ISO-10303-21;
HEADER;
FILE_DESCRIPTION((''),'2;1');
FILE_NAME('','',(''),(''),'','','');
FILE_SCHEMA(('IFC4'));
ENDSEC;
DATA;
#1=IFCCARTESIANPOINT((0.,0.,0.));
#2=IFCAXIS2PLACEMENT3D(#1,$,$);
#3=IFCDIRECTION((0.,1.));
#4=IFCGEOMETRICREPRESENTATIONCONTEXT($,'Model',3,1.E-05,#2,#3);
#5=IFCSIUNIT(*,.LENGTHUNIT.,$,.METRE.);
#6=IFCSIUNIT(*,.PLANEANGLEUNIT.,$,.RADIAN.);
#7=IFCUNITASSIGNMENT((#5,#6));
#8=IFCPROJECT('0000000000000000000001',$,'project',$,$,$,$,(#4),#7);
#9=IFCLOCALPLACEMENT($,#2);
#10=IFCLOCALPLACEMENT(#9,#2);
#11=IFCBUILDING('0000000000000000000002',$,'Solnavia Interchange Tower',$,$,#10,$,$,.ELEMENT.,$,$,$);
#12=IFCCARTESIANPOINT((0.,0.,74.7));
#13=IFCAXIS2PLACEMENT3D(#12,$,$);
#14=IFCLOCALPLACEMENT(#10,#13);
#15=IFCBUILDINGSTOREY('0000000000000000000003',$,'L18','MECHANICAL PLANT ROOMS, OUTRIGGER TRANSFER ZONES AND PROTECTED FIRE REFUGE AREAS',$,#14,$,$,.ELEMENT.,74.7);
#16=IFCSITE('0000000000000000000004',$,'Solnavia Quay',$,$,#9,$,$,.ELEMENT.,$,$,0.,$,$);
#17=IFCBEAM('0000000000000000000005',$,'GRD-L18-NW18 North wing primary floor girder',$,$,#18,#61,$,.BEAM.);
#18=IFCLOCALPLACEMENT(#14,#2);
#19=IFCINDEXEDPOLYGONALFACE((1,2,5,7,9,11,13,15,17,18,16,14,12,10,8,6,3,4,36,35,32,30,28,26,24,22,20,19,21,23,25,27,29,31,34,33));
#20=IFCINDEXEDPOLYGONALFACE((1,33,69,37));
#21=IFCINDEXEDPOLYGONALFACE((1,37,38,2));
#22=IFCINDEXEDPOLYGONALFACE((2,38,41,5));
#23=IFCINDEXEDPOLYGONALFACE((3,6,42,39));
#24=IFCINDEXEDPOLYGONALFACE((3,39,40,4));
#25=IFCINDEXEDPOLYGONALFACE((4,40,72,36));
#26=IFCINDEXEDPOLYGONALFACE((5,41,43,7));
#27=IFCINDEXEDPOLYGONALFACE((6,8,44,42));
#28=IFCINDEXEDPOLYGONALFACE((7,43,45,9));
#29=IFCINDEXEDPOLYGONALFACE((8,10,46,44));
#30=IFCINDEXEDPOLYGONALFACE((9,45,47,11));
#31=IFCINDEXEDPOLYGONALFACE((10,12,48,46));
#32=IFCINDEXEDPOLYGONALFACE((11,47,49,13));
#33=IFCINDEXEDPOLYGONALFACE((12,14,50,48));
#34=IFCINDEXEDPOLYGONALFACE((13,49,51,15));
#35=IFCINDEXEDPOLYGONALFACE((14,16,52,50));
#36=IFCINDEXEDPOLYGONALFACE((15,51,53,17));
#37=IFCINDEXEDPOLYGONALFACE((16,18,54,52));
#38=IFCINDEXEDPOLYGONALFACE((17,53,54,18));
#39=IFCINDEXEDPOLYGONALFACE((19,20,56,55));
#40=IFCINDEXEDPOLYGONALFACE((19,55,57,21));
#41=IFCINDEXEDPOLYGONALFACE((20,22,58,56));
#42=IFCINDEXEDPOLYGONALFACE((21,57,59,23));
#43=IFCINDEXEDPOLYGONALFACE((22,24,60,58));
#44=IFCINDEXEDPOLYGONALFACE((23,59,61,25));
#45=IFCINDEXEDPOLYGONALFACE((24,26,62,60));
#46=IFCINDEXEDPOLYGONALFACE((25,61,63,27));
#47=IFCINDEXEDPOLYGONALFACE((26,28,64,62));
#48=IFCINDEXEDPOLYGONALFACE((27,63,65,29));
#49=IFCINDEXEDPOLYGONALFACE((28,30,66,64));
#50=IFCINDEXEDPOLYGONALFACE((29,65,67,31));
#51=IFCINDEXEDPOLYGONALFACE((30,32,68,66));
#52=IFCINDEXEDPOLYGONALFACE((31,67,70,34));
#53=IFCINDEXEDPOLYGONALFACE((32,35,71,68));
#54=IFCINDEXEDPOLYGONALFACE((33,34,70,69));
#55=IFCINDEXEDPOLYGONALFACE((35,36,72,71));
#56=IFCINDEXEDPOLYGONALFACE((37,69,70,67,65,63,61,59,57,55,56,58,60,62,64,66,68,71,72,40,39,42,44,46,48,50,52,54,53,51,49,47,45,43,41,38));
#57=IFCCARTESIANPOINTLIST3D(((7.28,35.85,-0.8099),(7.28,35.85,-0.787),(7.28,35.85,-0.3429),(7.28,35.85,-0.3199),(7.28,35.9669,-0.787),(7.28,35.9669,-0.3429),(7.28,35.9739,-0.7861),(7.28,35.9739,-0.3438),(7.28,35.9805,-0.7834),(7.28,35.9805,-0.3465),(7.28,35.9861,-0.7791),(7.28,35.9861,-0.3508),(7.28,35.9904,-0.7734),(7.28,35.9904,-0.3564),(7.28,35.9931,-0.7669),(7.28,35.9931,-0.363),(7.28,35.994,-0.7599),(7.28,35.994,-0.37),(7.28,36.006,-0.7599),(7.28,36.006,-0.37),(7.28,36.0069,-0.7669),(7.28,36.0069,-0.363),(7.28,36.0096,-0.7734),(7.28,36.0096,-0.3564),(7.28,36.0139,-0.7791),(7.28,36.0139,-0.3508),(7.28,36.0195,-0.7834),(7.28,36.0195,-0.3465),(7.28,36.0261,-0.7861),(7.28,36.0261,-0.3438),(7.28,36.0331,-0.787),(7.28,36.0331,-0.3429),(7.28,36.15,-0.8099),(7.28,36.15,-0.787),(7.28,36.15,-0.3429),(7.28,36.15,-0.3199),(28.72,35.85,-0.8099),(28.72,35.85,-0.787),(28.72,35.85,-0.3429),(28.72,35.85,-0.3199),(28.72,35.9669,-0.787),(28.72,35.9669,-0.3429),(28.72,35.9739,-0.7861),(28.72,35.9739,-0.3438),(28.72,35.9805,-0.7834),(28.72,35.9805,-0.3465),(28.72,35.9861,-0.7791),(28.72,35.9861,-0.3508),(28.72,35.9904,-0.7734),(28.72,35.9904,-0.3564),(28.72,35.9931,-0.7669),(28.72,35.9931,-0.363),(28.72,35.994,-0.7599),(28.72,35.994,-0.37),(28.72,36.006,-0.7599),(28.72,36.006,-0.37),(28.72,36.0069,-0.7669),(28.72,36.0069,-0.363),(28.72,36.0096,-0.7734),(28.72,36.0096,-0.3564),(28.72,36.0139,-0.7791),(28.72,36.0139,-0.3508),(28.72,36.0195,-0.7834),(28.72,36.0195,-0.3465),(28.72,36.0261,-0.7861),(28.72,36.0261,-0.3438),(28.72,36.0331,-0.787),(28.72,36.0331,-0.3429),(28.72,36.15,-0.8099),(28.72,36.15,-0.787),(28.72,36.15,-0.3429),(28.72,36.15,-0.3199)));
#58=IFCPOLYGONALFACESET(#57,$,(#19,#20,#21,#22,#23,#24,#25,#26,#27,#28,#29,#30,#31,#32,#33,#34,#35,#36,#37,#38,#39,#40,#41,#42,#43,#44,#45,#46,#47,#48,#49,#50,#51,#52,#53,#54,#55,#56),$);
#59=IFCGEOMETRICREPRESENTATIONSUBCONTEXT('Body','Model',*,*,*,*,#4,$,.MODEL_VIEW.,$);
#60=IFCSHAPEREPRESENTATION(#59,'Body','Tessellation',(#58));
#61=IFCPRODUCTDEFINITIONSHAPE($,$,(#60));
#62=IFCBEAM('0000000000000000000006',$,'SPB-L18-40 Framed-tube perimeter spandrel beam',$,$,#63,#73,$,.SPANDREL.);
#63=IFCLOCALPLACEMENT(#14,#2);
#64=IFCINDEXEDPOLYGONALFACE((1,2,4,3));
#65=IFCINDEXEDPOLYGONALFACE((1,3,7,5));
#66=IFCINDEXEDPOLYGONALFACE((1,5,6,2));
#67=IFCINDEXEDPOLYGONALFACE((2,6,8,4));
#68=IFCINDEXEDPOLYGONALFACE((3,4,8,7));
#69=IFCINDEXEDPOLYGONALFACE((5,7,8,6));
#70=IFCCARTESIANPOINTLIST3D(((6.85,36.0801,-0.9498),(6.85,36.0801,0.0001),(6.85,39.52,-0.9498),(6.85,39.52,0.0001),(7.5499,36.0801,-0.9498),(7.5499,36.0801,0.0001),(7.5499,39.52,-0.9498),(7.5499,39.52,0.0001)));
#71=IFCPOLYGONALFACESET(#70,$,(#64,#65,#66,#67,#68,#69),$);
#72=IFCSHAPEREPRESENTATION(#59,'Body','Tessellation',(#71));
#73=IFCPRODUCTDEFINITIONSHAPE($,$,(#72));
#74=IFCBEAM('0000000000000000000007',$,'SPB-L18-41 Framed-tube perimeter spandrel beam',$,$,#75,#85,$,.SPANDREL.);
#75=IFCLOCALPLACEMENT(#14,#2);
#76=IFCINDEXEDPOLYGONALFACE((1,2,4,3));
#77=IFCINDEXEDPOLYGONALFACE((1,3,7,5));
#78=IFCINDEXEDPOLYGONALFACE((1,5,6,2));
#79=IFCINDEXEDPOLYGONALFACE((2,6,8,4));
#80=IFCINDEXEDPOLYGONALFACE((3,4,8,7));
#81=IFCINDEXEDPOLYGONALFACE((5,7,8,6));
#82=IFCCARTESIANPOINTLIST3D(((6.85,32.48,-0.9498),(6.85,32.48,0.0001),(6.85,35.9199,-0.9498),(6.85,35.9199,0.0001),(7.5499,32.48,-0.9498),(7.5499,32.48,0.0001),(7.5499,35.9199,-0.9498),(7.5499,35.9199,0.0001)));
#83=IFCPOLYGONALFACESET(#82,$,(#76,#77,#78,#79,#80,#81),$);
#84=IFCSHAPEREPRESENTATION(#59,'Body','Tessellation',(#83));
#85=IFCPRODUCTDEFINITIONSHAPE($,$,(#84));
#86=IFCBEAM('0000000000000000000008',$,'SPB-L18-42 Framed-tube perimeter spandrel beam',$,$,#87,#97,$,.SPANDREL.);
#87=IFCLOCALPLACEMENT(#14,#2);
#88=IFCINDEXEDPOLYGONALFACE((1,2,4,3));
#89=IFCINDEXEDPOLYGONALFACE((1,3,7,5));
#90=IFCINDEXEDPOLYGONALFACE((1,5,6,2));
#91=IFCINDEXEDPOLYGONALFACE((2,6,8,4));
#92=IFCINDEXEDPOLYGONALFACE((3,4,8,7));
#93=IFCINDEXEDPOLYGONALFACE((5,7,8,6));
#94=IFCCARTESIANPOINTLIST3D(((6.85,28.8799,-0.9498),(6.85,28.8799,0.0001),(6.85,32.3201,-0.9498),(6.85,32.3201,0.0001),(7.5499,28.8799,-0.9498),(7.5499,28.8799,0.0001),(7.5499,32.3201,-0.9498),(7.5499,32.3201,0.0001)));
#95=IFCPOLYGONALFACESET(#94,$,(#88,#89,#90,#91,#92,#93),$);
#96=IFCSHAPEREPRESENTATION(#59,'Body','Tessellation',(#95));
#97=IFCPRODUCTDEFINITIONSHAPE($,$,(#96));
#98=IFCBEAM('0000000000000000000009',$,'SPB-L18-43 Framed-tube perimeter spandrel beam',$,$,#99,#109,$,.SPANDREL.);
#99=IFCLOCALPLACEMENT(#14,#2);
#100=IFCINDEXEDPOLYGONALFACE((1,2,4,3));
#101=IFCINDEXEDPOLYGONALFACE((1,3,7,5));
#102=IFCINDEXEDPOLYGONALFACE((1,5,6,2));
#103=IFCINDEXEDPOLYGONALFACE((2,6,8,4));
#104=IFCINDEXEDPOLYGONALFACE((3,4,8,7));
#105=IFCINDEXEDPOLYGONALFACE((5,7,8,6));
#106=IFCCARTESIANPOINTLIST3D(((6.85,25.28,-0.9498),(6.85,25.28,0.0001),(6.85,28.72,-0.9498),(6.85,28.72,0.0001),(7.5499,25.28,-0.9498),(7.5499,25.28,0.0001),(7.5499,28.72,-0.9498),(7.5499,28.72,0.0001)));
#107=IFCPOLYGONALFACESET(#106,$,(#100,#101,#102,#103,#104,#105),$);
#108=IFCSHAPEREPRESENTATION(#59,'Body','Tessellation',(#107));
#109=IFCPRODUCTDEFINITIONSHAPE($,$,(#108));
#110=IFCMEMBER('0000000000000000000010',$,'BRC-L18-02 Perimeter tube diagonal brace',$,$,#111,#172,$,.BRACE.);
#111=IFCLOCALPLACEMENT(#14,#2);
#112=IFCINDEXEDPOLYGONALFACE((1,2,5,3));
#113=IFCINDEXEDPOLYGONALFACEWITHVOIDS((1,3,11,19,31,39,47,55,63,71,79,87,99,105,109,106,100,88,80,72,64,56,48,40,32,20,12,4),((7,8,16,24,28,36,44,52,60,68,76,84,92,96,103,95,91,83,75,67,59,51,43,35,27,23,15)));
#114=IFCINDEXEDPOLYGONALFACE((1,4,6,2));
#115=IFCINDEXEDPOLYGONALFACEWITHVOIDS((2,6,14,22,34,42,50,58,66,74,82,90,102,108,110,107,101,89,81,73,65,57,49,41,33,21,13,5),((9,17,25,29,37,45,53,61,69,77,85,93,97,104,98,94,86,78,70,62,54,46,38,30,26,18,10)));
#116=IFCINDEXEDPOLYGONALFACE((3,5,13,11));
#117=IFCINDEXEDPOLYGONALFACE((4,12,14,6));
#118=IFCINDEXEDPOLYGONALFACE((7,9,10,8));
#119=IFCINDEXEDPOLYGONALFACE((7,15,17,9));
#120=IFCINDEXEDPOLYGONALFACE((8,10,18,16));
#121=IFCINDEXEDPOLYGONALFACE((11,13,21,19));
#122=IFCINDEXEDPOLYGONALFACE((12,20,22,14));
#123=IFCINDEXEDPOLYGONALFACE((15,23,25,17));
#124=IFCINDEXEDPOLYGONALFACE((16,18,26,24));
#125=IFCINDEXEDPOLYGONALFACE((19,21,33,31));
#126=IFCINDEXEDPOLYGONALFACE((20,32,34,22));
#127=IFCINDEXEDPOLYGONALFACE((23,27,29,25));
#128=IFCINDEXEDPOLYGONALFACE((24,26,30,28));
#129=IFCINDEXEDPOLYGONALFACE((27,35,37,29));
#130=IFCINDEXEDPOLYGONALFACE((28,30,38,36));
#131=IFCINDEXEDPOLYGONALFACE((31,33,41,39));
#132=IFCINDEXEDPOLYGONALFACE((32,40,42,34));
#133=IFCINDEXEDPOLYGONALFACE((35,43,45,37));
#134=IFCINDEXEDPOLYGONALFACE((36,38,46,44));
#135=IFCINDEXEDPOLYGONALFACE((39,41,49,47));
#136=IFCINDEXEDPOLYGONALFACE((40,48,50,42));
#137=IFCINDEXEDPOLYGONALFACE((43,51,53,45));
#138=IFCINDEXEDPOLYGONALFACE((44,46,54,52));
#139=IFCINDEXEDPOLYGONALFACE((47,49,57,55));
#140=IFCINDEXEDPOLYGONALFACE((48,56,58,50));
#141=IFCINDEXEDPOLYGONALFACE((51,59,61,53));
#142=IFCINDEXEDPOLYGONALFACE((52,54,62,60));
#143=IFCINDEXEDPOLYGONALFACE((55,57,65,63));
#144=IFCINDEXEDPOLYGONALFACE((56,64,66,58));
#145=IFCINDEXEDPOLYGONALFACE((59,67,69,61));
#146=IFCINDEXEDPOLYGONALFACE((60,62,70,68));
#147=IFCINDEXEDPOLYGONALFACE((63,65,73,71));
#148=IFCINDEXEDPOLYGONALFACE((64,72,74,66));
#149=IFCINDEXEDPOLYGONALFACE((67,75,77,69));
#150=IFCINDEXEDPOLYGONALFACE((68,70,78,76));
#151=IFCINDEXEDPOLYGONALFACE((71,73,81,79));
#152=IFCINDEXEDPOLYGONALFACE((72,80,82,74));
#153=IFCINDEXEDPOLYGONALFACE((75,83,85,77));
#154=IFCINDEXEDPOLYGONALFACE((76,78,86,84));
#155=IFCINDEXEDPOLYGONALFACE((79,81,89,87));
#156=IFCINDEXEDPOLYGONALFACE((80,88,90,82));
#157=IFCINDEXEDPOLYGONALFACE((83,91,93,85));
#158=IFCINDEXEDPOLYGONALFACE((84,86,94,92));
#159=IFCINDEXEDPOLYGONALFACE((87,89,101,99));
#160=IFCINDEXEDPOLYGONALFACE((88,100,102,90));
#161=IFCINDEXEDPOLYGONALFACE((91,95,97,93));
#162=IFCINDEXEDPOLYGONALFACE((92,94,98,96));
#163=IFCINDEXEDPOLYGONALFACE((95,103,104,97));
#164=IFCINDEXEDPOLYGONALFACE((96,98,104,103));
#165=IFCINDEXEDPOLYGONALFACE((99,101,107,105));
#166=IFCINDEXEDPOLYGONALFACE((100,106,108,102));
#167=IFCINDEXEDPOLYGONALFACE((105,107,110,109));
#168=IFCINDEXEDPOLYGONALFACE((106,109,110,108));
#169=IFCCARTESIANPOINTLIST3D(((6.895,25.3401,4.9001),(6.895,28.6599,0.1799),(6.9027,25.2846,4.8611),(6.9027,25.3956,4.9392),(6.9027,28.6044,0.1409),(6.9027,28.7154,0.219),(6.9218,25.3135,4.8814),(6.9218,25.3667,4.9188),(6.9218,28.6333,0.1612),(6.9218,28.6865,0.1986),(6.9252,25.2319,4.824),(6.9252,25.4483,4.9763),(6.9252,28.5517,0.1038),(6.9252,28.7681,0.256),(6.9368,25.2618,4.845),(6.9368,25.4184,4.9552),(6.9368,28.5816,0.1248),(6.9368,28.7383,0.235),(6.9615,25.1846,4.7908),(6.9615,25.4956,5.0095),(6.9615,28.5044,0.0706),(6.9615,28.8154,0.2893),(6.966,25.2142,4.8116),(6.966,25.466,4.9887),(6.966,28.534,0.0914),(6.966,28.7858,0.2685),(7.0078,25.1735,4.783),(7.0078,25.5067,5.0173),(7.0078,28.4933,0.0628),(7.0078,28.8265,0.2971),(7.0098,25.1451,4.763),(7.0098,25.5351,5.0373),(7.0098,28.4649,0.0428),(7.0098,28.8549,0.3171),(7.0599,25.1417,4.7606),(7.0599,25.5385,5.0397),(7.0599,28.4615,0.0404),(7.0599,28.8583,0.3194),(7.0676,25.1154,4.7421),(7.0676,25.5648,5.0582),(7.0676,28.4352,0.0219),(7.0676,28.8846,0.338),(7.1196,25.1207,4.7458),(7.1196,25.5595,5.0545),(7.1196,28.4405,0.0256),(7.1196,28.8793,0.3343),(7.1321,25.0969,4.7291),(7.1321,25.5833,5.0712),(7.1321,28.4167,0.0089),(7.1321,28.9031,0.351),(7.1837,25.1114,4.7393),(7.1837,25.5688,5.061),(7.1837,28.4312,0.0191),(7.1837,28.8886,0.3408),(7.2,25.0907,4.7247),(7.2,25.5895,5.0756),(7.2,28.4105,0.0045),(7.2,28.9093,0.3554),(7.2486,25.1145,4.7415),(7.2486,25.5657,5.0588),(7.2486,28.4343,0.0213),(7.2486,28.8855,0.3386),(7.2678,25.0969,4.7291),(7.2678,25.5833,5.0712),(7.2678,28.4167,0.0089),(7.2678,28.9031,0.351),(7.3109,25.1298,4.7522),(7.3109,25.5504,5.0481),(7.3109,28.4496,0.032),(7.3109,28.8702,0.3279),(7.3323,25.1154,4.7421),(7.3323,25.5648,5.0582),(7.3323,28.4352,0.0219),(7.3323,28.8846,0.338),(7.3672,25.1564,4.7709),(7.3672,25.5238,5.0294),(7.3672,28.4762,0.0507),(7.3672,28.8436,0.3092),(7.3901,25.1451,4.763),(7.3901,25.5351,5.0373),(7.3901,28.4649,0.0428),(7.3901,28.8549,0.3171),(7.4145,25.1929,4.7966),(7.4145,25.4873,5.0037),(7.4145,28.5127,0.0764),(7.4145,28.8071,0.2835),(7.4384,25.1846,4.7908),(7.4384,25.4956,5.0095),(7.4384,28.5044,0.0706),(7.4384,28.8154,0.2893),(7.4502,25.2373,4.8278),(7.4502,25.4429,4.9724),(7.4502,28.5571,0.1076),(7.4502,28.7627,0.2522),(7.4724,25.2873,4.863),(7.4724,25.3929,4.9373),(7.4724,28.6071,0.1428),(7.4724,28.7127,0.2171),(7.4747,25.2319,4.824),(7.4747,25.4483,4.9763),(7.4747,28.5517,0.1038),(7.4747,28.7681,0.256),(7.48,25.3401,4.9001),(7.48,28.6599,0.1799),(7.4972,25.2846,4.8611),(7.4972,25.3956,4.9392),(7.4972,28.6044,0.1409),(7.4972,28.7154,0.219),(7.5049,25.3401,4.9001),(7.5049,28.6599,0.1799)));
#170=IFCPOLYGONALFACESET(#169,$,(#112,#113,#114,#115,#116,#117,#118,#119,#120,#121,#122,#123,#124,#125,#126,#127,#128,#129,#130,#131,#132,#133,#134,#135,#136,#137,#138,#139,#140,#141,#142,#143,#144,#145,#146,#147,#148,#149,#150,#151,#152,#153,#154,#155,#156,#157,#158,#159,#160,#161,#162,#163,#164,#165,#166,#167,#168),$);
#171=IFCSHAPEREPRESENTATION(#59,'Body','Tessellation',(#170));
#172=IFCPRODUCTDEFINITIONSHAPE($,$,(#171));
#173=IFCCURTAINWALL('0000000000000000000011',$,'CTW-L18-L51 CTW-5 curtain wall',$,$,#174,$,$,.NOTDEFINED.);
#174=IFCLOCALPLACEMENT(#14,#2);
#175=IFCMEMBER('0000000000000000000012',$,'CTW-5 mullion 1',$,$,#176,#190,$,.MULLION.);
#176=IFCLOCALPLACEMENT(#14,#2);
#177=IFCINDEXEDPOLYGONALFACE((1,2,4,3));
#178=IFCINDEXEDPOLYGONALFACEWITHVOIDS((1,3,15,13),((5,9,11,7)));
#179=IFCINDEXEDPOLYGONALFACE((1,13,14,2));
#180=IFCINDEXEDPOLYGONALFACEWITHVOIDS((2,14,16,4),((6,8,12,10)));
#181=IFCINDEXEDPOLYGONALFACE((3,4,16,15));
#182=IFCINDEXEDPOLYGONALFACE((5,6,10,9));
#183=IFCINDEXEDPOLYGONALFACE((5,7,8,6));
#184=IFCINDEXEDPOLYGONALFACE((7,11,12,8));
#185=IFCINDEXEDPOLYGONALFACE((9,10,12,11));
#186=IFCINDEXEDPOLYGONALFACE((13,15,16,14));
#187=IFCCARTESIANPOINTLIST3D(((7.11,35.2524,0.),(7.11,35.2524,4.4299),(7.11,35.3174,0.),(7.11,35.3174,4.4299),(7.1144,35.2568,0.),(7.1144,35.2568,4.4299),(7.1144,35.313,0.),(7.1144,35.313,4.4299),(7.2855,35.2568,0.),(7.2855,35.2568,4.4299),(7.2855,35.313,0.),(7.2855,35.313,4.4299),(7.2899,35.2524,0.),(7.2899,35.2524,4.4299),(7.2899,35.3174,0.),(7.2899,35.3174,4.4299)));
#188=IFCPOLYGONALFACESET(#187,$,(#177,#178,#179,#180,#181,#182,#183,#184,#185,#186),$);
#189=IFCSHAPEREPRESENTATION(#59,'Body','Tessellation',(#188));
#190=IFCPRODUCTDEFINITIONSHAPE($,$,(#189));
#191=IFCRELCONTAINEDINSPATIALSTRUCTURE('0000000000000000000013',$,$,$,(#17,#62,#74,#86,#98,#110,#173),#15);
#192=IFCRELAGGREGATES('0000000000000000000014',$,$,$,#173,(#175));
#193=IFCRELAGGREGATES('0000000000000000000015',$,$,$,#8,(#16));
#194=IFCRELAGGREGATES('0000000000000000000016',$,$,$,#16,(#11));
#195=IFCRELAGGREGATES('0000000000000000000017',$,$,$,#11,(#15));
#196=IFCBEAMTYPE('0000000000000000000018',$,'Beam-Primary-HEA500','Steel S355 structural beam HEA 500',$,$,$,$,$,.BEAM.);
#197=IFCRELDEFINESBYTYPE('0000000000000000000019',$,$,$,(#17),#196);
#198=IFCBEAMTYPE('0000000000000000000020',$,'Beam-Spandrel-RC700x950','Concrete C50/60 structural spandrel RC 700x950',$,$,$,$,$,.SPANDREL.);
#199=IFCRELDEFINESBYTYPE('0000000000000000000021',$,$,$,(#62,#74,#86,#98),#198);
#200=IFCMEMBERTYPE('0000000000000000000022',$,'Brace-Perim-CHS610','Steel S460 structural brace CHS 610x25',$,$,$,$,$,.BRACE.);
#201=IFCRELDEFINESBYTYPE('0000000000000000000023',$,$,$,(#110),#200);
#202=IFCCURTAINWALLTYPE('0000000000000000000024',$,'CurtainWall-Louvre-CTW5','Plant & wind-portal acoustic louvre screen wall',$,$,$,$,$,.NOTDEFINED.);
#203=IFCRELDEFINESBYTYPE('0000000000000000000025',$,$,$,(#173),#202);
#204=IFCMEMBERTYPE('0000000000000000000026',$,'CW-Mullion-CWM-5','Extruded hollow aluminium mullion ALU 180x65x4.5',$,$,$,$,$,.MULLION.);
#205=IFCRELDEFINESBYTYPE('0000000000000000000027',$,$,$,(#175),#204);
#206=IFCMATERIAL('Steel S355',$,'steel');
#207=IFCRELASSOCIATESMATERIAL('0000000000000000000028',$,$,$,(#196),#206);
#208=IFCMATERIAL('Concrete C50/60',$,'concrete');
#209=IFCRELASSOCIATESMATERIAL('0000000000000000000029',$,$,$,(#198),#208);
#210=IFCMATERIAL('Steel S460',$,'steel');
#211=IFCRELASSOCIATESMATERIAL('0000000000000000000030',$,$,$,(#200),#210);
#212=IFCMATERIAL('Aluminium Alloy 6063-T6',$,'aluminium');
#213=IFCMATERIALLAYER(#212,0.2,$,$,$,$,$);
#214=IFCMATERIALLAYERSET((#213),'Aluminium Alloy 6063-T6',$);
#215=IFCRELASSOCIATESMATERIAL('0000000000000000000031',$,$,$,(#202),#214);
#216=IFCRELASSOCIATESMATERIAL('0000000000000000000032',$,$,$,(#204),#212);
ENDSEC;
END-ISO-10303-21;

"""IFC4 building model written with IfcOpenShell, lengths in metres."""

from ifc_helpers import new_model, si_unit, direction, frame, origin, origin_2d, place, context, subcontext, project, spatial, rectangle, hollow_rectangle, hollow_circle, i_section, extrude, material, layer, layer_set, material_profile, profile_set, type_object, element, aggregate, save


model = new_model("IFC4")

# Units and contexts
model_context = context("Model", 3, precision=1e-05, world=origin(), true_north=direction((0.0, 1.0)))
body_context = subcontext(model_context, "Body", "Model", "MODEL_VIEW")
ifc_project = project(units=[si_unit("LENGTHUNIT", "METRE"), si_unit("PLANEANGLEUNIT", "RADIAN")], contexts=[model_context])

# Site, building, storey
site_placement = place(None, origin())
site = spatial("IfcSite", under=ifc_project, at=site_placement, Name="Solnavia Quay", CompositionType="ELEMENT", RefElevation=0.0)
building_placement = place(site_placement, origin())
building = spatial("IfcBuilding", under=site, at=building_placement, Name="Solnavia Interchange Tower", CompositionType="ELEMENT")
storey_placement = place(building_placement, frame((0.0, 0.0, 74.7)))
storey = spatial("IfcBuildingStorey", under=building, at=storey_placement, Name="L18", Description="MECHANICAL PLANT ROOMS, OUTRIGGER TRANSFER ZONES AND PROTECTED FIRE REFUGE AREAS", CompositionType="ELEMENT", Elevation=74.7)

# Beams
ifc_material_1 = material(Name="Steel S460", Category="steel")
ifc_material_2 = material(Name="Steel S355", Category="steel")
ifc_material_profile_1 = material_profile(ifc_material_2, i_section(OverallWidth=0.3, OverallDepth=0.49, WebThickness=0.012, FlangeThickness=0.0229, FilletRadius=0.0271, at=origin_2d()), Name="HEA 500")
ifc_profile_set_1 = profile_set([ifc_material_profile_1], Name="Steel S355")
beam_type_1 = type_object("IfcBeamType", Name="Beam-Primary-HEA500", Description="Steel S355 structural beam HEA 500", PredefinedType="BEAM", material=ifc_profile_set_1)
for number, where, z_axis, x_axis, name in (
    (1, (7.28, 36.0, -0.5649), (1.0, 0.0, 0.0), (0.0, 1.0, 0.0), "GRD-L18-NW18 North wing primary floor girder"),
):
    element("IfcBeam", number, at=place(storey_placement, frame(where, z_axis=z_axis, x_axis=x_axis)), inside=storey, type_object=beam_type_1, Name=name, PredefinedType="BEAM", context=body_context, shape_type="SweptSolid", body=[
        extrude(i_section(OverallWidth=0.3, OverallDepth=0.49, WebThickness=0.012, FlangeThickness=0.0229, FilletRadius=0.0271, at=origin_2d()), origin(), (0.0, 0.0, 1.0), 21.4399),
    ])
ifc_material_3 = material(Name="Concrete C50/60", Category="concrete")
ifc_material_profile_2 = material_profile(ifc_material_3, rectangle(XDim=0.7, YDim=0.95, at=origin_2d()), Name="RC 700x950")
ifc_profile_set_2 = profile_set([ifc_material_profile_2], Name="Concrete C50/60")
beam_type_2 = type_object("IfcBeamType", Name="Beam-Spandrel-RC700x950", Description="Concrete C50/60 structural spandrel RC 700x950", PredefinedType="SPANDREL", material=ifc_profile_set_2)
for number, where, z_axis, x_axis, name in (
    (2, (7.2, 39.52, -0.4749), (0.0, -1.0, 0.0), (1.0, 0.0, 0.0), "SPB-L18-40 Framed-tube perimeter spandrel beam"),
    (3, (7.2, 35.9199, -0.4749), (0.0, -1.0, 0.0), (1.0, 0.0, 0.0), "SPB-L18-41 Framed-tube perimeter spandrel beam"),
):
    element("IfcBeam", number, at=place(storey_placement, frame(where, z_axis=z_axis, x_axis=x_axis)), inside=storey, type_object=beam_type_2, Name=name, PredefinedType="SPANDREL", context=body_context, shape_type="SweptSolid", body=[
        extrude(rectangle(XDim=0.7, YDim=0.95, at=origin_2d()), origin(), (0.0, 0.0, 1.0), 3.4399),
    ])
beam_1_placement = place(storey_placement, frame((7.2, 32.3201, -0.4749), z_axis=(0.0, -1.0, 0.0), x_axis=(1.0, 0.0, 0.0)))
element("IfcBeam", 4, at=beam_1_placement, inside=storey, type_object=beam_type_2, Name="SPB-L18-42 Framed-tube perimeter spandrel beam", PredefinedType="SPANDREL", context=body_context, shape_type="SweptSolid", body=[
    extrude(rectangle(XDim=0.7, YDim=0.95, at=origin_2d()), origin(), (0.0, 0.0, 1.0), 3.4402),
])
beam_2_placement = place(storey_placement, frame((7.2, 28.72, -0.4749), z_axis=(0.0, -1.0, 0.0), x_axis=(1.0, 0.0, 0.0)))
element("IfcBeam", 5, at=beam_2_placement, inside=storey, type_object=beam_type_2, Name="SPB-L18-43 Framed-tube perimeter spandrel beam", PredefinedType="SPANDREL", context=body_context, shape_type="SweptSolid", body=[
    extrude(rectangle(XDim=0.7, YDim=0.95, at=origin_2d()), origin(), (0.0, 0.0, 1.0), 3.4399),
])

# Member
ifc_material_profile_3 = material_profile(ifc_material_1, hollow_circle(Radius=0.3049, WallThickness=0.0249, at=origin_2d()), Name="CHS 610x25")
ifc_profile_set_3 = profile_set([ifc_material_profile_3], Name="Steel S460")
member_type_1 = type_object("IfcMemberType", Name="Brace-Perim-CHS610", Description="Steel S460 structural brace CHS 610x25", PredefinedType="BRACE", material=ifc_profile_set_3)
member_1_placement = place(storey_placement, frame((7.2, 28.6599, 0.1799), z_axis=(0.0, -0.575284, 0.817954), x_axis=(1.0, 0.0, 0.0)))
element("IfcMember", 6, at=member_1_placement, inside=storey, type_object=member_type_1, Name="BRC-L18-02 Perimeter tube diagonal brace", PredefinedType="BRACE", context=body_context, shape_type="SweptSolid", body=[
    extrude(hollow_circle(Radius=0.3049, WallThickness=0.0249, at=origin_2d()), origin(), (0.0, 0.0, 1.0), 5.7708),
])

# Curtain wall, member
ifc_material_4 = material(Name="Aluminium Alloy 6063-T6", Category="aluminium")
ifc_layer_1 = layer(ifc_material_4, 0.2)
ifc_layer_set_1 = layer_set([ifc_layer_1], Name="Aluminium Alloy 6063-T6")
curtain_wall_type = type_object("IfcCurtainWallType", Name="CurtainWall-Louvre-CTW5", Description="Plant & wind-portal acoustic louvre screen wall", PredefinedType="NOTDEFINED", material=ifc_layer_set_1)
curtain_wall_placement = place(storey_placement, origin())
curtain_wall = element("IfcCurtainWall", 7, at=curtain_wall_placement, inside=storey, type_object=curtain_wall_type, Name="CTW-L18-L51 CTW-5 curtain wall", PredefinedType="NOTDEFINED")
ifc_material_profile_4 = material_profile(ifc_material_4, hollow_rectangle(XDim=0.0649, YDim=0.1799, WallThickness=0.0044, at=origin_2d()), Name="ALU 180x65x4.5")
ifc_profile_set_4 = profile_set([ifc_material_profile_4], Name="Aluminium Alloy 6063-T6")
member_type_2 = type_object("IfcMemberType", Name="CW-Mullion-CWM-5", Description="Extruded hollow aluminium mullion ALU 180x65x4.5", PredefinedType="MULLION", material=ifc_profile_set_4)
member_2_placement = place(storey_placement, frame((7.2, 35.2849, 0.0), z_axis=(0.0, 0.0, 1.0), x_axis=(0.0, -1.0, 0.0)))
member_2 = element("IfcMember", 8, at=member_2_placement, type_object=member_type_2, Name="CTW-5 mullion 1", PredefinedType="MULLION", context=body_context, shape_type="SweptSolid", body=[
    extrude(hollow_rectangle(XDim=0.0649, YDim=0.1799, WallThickness=0.0044, at=origin_2d()), origin(), (0.0, 0.0, 1.0), 4.4299),
])
aggregate(curtain_wall, [member_2])

save(model, "model.ifc")
